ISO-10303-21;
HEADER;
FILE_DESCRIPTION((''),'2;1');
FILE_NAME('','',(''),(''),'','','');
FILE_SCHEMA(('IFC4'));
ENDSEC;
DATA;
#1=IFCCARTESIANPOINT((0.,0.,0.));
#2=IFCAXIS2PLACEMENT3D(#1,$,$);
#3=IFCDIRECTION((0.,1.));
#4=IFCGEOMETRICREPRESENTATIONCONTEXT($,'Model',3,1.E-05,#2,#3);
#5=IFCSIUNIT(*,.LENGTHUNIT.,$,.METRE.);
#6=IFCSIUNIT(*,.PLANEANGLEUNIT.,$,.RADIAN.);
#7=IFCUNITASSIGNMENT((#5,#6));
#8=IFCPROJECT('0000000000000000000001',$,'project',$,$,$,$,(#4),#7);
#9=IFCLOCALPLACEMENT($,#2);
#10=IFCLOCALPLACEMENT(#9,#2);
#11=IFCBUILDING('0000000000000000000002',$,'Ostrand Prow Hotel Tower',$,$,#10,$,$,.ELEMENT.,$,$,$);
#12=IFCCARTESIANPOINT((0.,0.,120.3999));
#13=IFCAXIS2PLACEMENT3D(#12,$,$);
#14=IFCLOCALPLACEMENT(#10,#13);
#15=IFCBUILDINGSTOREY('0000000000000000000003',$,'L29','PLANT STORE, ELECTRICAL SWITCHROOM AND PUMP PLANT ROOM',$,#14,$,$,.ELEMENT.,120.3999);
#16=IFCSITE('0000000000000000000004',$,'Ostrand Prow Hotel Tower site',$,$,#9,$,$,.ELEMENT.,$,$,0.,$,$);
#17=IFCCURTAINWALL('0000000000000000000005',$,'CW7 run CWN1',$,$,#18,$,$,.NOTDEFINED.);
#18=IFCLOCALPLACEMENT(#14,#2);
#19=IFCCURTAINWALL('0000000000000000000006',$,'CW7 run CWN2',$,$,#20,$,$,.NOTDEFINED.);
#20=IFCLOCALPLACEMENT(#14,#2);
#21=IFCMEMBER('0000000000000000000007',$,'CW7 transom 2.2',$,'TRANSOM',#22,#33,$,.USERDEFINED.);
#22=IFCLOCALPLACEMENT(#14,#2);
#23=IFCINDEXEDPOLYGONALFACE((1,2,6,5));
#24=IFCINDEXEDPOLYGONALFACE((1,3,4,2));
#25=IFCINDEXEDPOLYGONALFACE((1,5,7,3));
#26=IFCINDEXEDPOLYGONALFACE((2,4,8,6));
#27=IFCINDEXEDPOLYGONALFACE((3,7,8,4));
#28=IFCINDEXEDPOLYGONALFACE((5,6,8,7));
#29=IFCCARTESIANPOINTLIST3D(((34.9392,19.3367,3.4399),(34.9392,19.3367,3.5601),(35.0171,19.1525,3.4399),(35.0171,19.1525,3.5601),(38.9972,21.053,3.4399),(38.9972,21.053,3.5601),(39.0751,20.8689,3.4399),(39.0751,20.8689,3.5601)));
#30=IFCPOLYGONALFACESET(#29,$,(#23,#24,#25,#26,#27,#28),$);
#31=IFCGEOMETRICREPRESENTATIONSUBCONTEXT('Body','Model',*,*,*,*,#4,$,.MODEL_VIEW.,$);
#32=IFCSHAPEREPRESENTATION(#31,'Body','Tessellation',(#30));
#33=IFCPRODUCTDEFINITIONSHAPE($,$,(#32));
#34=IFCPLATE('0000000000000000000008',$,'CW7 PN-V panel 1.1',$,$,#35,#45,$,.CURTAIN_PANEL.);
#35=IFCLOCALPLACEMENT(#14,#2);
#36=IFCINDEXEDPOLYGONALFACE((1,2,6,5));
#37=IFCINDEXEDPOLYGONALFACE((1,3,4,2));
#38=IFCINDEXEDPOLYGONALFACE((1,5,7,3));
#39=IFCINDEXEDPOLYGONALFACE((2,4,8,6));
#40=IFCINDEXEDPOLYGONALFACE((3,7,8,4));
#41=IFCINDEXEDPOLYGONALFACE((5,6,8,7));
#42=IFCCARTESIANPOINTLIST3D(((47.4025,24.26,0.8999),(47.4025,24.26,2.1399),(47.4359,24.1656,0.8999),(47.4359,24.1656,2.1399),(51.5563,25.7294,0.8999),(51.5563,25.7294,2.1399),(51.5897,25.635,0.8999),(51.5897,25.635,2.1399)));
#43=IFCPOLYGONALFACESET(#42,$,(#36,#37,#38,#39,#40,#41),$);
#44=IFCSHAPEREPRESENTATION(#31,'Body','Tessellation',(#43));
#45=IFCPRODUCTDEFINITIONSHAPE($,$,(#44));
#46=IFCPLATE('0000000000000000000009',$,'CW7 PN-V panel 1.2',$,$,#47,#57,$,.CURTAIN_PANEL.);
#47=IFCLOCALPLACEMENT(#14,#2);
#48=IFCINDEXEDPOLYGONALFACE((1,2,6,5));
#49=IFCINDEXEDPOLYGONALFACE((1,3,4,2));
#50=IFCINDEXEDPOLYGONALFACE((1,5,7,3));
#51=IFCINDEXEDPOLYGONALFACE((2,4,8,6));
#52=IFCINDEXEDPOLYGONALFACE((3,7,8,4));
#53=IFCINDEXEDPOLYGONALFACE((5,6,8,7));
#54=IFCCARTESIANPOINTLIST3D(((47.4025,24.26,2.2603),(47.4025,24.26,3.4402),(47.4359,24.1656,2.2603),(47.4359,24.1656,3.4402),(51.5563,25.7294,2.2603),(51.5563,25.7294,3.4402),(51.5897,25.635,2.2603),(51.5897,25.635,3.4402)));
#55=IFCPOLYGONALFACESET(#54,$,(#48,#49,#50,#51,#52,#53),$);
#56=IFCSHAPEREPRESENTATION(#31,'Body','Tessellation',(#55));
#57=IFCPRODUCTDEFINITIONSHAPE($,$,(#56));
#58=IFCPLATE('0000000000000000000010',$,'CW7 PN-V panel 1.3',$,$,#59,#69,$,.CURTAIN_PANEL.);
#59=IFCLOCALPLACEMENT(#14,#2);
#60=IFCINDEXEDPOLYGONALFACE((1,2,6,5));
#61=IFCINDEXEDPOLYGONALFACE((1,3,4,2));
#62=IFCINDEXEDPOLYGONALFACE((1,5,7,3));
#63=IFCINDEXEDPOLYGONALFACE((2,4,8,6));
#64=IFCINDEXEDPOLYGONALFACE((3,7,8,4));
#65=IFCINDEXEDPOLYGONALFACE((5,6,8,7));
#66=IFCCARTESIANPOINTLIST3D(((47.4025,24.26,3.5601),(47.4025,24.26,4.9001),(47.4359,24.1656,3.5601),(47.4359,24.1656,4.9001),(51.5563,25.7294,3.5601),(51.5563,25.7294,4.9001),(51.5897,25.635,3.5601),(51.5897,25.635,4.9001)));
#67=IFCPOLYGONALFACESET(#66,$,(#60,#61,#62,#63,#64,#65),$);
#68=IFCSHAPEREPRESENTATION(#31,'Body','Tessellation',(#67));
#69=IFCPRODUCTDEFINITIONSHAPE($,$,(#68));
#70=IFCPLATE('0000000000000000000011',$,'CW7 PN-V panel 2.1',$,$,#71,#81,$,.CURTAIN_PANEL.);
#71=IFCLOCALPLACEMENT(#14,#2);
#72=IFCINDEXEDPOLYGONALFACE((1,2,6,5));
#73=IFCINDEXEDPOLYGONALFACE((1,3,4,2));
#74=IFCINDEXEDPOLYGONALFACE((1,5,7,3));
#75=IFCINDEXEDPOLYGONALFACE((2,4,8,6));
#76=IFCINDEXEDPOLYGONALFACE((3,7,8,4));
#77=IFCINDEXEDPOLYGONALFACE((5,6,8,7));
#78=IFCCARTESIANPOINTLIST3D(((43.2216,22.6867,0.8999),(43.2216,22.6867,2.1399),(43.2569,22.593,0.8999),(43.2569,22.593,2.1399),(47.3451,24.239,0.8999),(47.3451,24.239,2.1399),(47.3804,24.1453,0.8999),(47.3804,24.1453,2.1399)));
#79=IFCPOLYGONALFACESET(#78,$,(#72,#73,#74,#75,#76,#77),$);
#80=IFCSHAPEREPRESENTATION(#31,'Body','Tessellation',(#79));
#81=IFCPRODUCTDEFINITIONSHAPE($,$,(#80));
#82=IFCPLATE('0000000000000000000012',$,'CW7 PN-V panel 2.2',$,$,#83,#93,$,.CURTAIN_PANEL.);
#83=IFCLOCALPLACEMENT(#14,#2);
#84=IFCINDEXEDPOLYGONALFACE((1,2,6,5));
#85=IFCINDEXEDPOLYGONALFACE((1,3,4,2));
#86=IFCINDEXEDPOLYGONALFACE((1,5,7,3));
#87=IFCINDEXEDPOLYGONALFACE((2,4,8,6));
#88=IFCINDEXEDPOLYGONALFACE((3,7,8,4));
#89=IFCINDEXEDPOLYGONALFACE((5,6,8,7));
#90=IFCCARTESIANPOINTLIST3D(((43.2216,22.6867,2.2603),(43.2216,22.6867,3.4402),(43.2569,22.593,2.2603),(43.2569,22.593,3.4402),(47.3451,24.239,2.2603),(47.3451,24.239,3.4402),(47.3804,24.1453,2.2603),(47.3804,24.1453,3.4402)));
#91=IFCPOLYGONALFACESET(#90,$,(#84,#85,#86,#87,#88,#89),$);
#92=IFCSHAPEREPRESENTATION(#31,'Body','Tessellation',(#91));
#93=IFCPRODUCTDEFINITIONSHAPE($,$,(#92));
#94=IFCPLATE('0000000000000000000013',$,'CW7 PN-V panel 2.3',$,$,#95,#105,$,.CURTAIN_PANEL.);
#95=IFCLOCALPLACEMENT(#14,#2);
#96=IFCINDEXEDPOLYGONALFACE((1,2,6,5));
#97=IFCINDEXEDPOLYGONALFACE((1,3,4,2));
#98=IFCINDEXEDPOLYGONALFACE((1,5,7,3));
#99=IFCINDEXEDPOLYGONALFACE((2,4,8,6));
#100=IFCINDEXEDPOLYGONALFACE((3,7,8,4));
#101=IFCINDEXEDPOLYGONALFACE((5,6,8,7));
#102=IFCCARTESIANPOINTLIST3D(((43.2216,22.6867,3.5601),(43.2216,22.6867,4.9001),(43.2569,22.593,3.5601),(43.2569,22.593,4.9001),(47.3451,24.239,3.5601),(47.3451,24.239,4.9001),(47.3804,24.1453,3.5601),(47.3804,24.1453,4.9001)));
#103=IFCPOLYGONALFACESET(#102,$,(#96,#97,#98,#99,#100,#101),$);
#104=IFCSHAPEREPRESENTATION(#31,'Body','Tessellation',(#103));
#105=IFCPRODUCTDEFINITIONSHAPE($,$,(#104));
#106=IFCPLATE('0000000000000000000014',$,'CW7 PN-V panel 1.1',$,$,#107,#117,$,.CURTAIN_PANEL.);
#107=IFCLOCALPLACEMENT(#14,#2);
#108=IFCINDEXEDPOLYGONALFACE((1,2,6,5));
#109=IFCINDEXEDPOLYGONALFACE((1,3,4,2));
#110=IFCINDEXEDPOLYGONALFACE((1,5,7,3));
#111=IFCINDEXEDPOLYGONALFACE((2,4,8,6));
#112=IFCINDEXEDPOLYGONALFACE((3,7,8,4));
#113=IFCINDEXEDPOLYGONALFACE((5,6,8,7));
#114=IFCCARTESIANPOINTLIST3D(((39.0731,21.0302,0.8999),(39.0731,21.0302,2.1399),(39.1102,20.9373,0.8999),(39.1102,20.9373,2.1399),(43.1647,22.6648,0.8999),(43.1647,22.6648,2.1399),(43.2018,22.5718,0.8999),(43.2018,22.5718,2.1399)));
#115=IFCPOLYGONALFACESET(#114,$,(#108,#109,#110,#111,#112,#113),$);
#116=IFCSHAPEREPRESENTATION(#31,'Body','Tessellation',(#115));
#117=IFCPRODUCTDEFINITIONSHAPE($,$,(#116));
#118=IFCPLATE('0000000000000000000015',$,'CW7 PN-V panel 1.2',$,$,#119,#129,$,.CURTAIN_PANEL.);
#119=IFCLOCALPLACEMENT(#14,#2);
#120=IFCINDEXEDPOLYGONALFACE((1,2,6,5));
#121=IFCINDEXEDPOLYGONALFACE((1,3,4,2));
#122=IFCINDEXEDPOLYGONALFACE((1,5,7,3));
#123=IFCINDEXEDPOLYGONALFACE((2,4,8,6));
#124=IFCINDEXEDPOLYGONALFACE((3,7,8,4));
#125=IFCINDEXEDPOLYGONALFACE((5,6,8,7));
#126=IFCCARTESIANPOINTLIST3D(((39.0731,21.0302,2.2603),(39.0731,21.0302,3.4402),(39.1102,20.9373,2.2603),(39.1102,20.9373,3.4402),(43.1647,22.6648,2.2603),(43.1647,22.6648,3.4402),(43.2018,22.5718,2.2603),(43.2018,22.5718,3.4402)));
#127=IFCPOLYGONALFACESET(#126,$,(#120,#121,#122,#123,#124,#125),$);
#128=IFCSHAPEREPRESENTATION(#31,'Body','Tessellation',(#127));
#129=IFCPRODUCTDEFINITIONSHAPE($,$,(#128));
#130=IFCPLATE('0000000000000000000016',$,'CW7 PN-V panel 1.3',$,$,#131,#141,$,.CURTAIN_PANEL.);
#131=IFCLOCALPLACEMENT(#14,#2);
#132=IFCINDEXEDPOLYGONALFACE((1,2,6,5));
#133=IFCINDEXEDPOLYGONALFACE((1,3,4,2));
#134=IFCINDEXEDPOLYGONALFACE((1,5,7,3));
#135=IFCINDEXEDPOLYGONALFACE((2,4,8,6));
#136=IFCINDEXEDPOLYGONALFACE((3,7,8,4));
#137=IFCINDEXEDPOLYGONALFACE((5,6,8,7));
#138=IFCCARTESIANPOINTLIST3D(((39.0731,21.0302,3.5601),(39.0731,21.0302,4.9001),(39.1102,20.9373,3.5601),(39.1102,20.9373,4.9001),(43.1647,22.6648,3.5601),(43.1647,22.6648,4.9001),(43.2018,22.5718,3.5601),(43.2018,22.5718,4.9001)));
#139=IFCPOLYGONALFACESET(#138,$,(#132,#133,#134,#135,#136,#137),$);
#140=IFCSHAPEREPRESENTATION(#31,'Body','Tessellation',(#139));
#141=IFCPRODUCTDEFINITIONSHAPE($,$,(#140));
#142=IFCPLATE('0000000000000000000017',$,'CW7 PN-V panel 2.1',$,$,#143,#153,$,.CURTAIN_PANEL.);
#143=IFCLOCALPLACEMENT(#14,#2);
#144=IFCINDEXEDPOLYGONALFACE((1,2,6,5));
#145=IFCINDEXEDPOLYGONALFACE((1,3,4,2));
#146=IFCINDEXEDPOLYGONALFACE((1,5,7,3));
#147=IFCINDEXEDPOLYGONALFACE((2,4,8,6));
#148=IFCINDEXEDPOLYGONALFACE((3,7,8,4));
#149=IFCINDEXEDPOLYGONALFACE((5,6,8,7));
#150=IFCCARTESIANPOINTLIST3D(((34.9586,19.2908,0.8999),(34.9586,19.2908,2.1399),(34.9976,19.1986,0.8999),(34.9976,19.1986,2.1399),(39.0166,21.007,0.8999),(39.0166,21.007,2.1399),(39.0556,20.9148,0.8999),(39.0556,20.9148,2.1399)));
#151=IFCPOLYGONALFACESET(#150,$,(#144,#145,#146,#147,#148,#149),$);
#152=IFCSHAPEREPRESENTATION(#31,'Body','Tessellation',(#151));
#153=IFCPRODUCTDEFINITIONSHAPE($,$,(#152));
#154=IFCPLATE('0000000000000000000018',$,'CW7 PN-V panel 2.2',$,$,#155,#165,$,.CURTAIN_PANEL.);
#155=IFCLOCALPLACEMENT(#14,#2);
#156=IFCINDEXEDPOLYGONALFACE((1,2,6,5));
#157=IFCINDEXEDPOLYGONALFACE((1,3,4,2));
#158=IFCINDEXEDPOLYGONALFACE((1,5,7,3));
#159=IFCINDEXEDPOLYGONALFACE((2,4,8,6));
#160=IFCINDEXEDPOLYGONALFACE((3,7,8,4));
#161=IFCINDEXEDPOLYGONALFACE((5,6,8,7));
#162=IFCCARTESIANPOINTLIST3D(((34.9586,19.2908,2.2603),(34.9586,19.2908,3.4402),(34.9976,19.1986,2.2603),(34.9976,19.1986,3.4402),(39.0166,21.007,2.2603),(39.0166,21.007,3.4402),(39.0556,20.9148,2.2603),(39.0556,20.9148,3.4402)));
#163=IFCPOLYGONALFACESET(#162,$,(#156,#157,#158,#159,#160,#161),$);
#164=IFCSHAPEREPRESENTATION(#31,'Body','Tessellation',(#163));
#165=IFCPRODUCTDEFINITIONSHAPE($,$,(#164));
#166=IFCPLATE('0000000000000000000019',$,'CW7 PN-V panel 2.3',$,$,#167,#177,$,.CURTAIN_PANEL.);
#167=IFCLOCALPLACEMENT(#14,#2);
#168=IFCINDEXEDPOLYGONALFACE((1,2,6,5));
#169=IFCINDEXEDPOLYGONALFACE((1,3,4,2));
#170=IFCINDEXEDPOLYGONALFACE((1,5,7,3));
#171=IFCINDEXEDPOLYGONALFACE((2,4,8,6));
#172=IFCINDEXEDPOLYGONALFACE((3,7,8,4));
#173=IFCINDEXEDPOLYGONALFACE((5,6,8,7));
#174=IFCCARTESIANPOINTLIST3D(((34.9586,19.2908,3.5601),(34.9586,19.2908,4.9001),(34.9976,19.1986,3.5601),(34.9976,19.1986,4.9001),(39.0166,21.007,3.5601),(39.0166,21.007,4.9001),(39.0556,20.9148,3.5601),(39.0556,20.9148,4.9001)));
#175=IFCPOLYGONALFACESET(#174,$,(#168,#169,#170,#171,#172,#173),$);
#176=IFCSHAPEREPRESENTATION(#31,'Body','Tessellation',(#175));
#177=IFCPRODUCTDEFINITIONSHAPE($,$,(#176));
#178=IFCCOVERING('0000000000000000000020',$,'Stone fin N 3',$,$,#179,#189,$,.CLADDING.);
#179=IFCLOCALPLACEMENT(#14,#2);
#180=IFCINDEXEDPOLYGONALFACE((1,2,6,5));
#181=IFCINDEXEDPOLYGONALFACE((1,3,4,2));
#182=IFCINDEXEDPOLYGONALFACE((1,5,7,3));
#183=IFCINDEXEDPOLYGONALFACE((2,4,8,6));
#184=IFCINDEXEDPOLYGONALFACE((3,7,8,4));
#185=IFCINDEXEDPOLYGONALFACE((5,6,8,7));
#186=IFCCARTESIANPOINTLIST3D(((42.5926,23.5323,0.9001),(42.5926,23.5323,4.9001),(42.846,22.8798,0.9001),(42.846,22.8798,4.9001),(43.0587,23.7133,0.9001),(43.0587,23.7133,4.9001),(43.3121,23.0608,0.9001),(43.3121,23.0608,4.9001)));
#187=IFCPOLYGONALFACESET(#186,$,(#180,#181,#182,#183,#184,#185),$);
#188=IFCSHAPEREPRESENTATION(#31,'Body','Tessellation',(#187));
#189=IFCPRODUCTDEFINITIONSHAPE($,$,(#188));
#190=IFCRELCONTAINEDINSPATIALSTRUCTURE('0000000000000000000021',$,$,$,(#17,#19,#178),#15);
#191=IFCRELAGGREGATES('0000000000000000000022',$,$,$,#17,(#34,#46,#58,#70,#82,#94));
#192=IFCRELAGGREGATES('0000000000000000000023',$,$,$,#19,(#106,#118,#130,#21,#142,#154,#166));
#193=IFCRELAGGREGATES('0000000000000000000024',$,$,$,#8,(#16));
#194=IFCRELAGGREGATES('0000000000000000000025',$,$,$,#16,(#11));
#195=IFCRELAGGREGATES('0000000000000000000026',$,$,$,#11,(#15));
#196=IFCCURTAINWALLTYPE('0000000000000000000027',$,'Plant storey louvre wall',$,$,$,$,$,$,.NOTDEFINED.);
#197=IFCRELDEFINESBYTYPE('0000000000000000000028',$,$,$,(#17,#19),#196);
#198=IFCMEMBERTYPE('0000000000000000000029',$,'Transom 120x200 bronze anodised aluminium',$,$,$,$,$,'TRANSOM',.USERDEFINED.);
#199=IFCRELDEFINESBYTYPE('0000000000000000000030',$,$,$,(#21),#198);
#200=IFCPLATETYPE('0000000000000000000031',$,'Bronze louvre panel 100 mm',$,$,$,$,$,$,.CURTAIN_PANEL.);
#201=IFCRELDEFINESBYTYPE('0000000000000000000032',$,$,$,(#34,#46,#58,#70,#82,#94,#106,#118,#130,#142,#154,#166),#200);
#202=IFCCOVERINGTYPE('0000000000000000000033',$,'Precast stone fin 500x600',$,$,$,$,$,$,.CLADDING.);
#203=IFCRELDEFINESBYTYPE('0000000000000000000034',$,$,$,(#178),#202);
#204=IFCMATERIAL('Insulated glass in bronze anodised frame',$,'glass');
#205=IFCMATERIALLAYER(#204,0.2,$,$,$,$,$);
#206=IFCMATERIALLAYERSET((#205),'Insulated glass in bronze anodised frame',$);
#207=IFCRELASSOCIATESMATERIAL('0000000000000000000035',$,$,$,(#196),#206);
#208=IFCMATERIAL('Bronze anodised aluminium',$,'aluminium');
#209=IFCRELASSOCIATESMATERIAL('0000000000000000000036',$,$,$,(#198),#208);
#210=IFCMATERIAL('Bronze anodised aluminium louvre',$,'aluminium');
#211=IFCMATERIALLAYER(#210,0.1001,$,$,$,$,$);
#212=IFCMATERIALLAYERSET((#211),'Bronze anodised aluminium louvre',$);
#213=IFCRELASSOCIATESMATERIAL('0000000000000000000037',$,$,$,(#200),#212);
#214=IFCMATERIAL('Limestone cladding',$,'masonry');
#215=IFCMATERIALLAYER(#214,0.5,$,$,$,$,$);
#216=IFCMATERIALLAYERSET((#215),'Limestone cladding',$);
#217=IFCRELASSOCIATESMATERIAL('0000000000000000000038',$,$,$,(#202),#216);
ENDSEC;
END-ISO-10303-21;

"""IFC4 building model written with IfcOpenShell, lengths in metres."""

from ifc_helpers import new_model, si_unit, direction, frame, frame_2d, origin, origin_2d, place, context, subcontext, project, spatial, rectangle, extrude, material, layer, layer_set, material_profile, profile_set, type_object, element, aggregate, save


model = new_model("IFC4")

# Units and contexts
model_context = context("Model", 3, precision=1e-05, world=origin(), true_north=direction((0.0, 1.0)))
body_context = subcontext(model_context, "Body", "Model", "MODEL_VIEW")
ifc_project = project(units=[si_unit("LENGTHUNIT", "METRE"), si_unit("PLANEANGLEUNIT", "RADIAN")], contexts=[model_context])

# Site, building, storey
site_placement = place(None, origin())
site = spatial("IfcSite", under=ifc_project, at=site_placement, Name="Ostrand Prow Hotel Tower site", CompositionType="ELEMENT", RefElevation=0.0)
building_placement = place(site_placement, origin())
building = spatial("IfcBuilding", under=site, at=building_placement, Name="Ostrand Prow Hotel Tower", CompositionType="ELEMENT")
storey_placement = place(building_placement, frame((0.0, 0.0, 120.3999)))
storey = spatial("IfcBuildingStorey", under=building, at=storey_placement, Name="L29", Description="PLANT STORE, ELECTRICAL SWITCHROOM AND PUMP PLANT ROOM", CompositionType="ELEMENT", Elevation=120.3999)

# Curtain walls
ifc_material_1 = material(Name="Insulated glass in bronze anodised frame", Category="glass")
ifc_layer_1 = layer(ifc_material_1, 0.2)
ifc_layer_set_1 = layer_set([ifc_layer_1], Name="Insulated glass in bronze anodised frame")
curtain_wall_type = type_object("IfcCurtainWallType", Name="Plant storey louvre wall", PredefinedType="NOTDEFINED", material=ifc_layer_set_1)
curtain_wall_1_placement = place(storey_placement, origin())
curtain_wall_1 = element("IfcCurtainWall", 1, at=curtain_wall_1_placement, inside=storey, type_object=curtain_wall_type, Name="CW7 run CWN1", PredefinedType="NOTDEFINED")
curtain_wall_2_placement = place(storey_placement, origin())
curtain_wall_2 = element("IfcCurtainWall", 2, at=curtain_wall_2_placement, inside=storey, type_object=curtain_wall_type, Name="CW7 run CWN2", PredefinedType="NOTDEFINED")

# Member
ifc_material_2 = material(Name="Bronze anodised aluminium", Category="aluminium")
ifc_material_profile_1 = material_profile(ifc_material_2, rectangle(XDim=0.2, YDim=0.1201, at=origin_2d()), Name="Transom 120x200 bronze anodised aluminium")
ifc_profile_set_1 = profile_set([ifc_material_profile_1], Name="Bronze anodised aluminium")
member_type_1 = type_object("IfcMemberType", Name="Transom 120x200 bronze anodised aluminium", ElementType="TRANSOM", PredefinedType="USERDEFINED", material=ifc_profile_set_1)
member_1_placement = place(storey_placement, frame((39.0361, 20.9609, 3.5), z_axis=(-0.921006, -0.389548, 0.0), x_axis=(0.389548, -0.921006, 0.0)))
member_1 = element("IfcMember", 3, at=member_1_placement, type_object=member_type_1, Name="CW7 transom 2.2", ObjectType="TRANSOM", PredefinedType="USERDEFINED", context=body_context, shape_type="SweptSolid", body=[
    extrude(rectangle(XDim=0.2, YDim=0.1201, at=origin_2d()), origin(), (0.0, 0.0, 1.0), 4.406),
])

# Plates
ifc_material_3 = material(Name="Bronze anodised aluminium louvre", Category="aluminium")
ifc_layer_2 = layer(ifc_material_3, 0.1001)
ifc_layer_set_2 = layer_set([ifc_layer_2], Name="Bronze anodised aluminium louvre")
plate_type = type_object("IfcPlateType", Name="Bronze louvre panel 100 mm", PredefinedType="CURTAIN_PANEL", material=ifc_layer_set_2)
plate_1_placement = place(storey_placement, frame((49.4961, 24.9475, 0.8999), z_axis=(0.0, 0.0, 1.0), x_axis=(-0.942752, -0.333496, 0.0)))
plate_1 = element("IfcPlate", 4, at=plate_1_placement, type_object=plate_type, Name="CW7 PN-V panel 1.1", PredefinedType="CURTAIN_PANEL", context=body_context, shape_type="SweptSolid", body=[
    extrude(rectangle(XDim=4.406, YDim=0.1001, at=origin_2d()), origin(), (0.0, 0.0, 1.0), 1.24),
])
plate_2_placement = place(storey_placement, frame((49.4961, 24.9475, 2.2603), z_axis=(0.0, 0.0, 1.0), x_axis=(-0.942752, -0.333496, 0.0)))
plate_2 = element("IfcPlate", 5, at=plate_2_placement, type_object=plate_type, Name="CW7 PN-V panel 1.2", PredefinedType="CURTAIN_PANEL", context=body_context, shape_type="SweptSolid", body=[
    extrude(rectangle(XDim=4.406, YDim=0.1001, at=origin_2d()), origin(), (0.0, 0.0, 1.0), 1.1799),
])
plate_3_placement = place(storey_placement, frame((49.4961, 24.9475, 3.5601), z_axis=(0.0, 0.0, 1.0), x_axis=(-0.942752, -0.333496, 0.0)))
plate_3 = element("IfcPlate", 6, at=plate_3_placement, type_object=plate_type, Name="CW7 PN-V panel 1.3", PredefinedType="CURTAIN_PANEL", context=body_context, shape_type="SweptSolid", body=[
    extrude(rectangle(XDim=4.406, YDim=0.1001, at=origin_2d()), origin(), (0.0, 0.0, 1.0), 1.3401),
])
plate_4_placement = place(storey_placement, frame((45.301, 23.416, 0.8999), z_axis=(0.0, 0.0, 1.0), x_axis=(-0.935884, -0.352309, 0.0)))
plate_4 = element("IfcPlate", 7, at=plate_4_placement, type_object=plate_type, Name="CW7 PN-V panel 2.1", PredefinedType="CURTAIN_PANEL", context=body_context, shape_type="SweptSolid", body=[
    extrude(rectangle(XDim=4.406, YDim=0.1001, at=origin_2d()), origin(), (0.0, 0.0, 1.0), 1.24),
])
plate_5_placement = place(storey_placement, frame((45.301, 23.416, 2.2603), z_axis=(0.0, 0.0, 1.0), x_axis=(-0.935884, -0.352309, 0.0)))
plate_5 = element("IfcPlate", 8, at=plate_5_placement, type_object=plate_type, Name="CW7 PN-V panel 2.2", PredefinedType="CURTAIN_PANEL", context=body_context, shape_type="SweptSolid", body=[
    extrude(rectangle(XDim=4.406, YDim=0.1001, at=origin_2d()), origin(), (0.0, 0.0, 1.0), 1.1799),
])
plate_6_placement = place(storey_placement, frame((45.301, 23.416, 3.5601), z_axis=(0.0, 0.0, 1.0), x_axis=(-0.935884, -0.352309, 0.0)))
plate_6 = element("IfcPlate", 9, at=plate_6_placement, type_object=plate_type, Name="CW7 PN-V panel 2.3", PredefinedType="CURTAIN_PANEL", context=body_context, shape_type="SweptSolid", body=[
    extrude(rectangle(XDim=4.406, YDim=0.1001, at=origin_2d()), origin(), (0.0, 0.0, 1.0), 1.3401),
])
aggregate(curtain_wall_1, [plate_1, plate_2, plate_3, plate_4, plate_5, plate_6])
plate_7_placement = place(storey_placement, frame((41.1375, 21.801, 0.8999), z_axis=(0.0, 0.0, 1.0), x_axis=(-0.92864, -0.370982, 0.0)))
plate_7 = element("IfcPlate", 10, at=plate_7_placement, type_object=plate_type, Name="CW7 PN-V panel 1.1", PredefinedType="CURTAIN_PANEL", context=body_context, shape_type="SweptSolid", body=[
    extrude(rectangle(XDim=4.406, YDim=0.1001, at=origin_2d()), origin(), (0.0, 0.0, 1.0), 1.24),
])
plate_8_placement = place(storey_placement, frame((41.1375, 21.801, 2.2603), z_axis=(0.0, 0.0, 1.0), x_axis=(-0.92864, -0.370982, 0.0)))
plate_8 = element("IfcPlate", 11, at=plate_8_placement, type_object=plate_type, Name="CW7 PN-V panel 1.2", PredefinedType="CURTAIN_PANEL", context=body_context, shape_type="SweptSolid", body=[
    extrude(rectangle(XDim=4.406, YDim=0.1001, at=origin_2d()), origin(), (0.0, 0.0, 1.0), 1.1799),
])
plate_9_placement = place(storey_placement, frame((41.1375, 21.801, 3.5601), z_axis=(0.0, 0.0, 1.0), x_axis=(-0.92864, -0.370982, 0.0)))
plate_9 = element("IfcPlate", 12, at=plate_9_placement, type_object=plate_type, Name="CW7 PN-V panel 1.3", PredefinedType="CURTAIN_PANEL", context=body_context, shape_type="SweptSolid", body=[
    extrude(rectangle(XDim=4.406, YDim=0.1001, at=origin_2d()), origin(), (0.0, 0.0, 1.0), 1.3401),
])
plate_10_placement = place(storey_placement, frame((37.0071, 20.1028, 0.8999), z_axis=(0.0, 0.0, 1.0), x_axis=(-0.921024, -0.389507, 0.0)))
plate_10 = element("IfcPlate", 13, at=plate_10_placement, type_object=plate_type, Name="CW7 PN-V panel 2.1", PredefinedType="CURTAIN_PANEL", context=body_context, shape_type="SweptSolid", body=[
    extrude(rectangle(XDim=4.406, YDim=0.1001, at=origin_2d()), origin(), (0.0, 0.0, 1.0), 1.24),
])
plate_11_placement = place(storey_placement, frame((37.0071, 20.1028, 2.2603), z_axis=(0.0, 0.0, 1.0), x_axis=(-0.921024, -0.389507, 0.0)))
plate_11 = element("IfcPlate", 14, at=plate_11_placement, type_object=plate_type, Name="CW7 PN-V panel 2.2", PredefinedType="CURTAIN_PANEL", context=body_context, shape_type="SweptSolid", body=[
    extrude(rectangle(XDim=4.406, YDim=0.1001, at=origin_2d()), origin(), (0.0, 0.0, 1.0), 1.1799),
])
plate_12_placement = place(storey_placement, frame((37.0071, 20.1028, 3.5601), z_axis=(0.0, 0.0, 1.0), x_axis=(-0.921024, -0.389507, 0.0)))
plate_12 = element("IfcPlate", 15, at=plate_12_placement, type_object=plate_type, Name="CW7 PN-V panel 2.3", PredefinedType="CURTAIN_PANEL", context=body_context, shape_type="SweptSolid", body=[
    extrude(rectangle(XDim=4.406, YDim=0.1001, at=origin_2d()), origin(), (0.0, 0.0, 1.0), 1.3401),
])
aggregate(curtain_wall_2, [plate_7, plate_8, plate_9, member_1, plate_10, plate_11, plate_12])

# Covering
ifc_material_4 = material(Name="Limestone cladding", Category="masonry")
ifc_layer_3 = layer(ifc_material_4, 0.5)
ifc_layer_set_3 = layer_set([ifc_layer_3], Name="Limestone cladding")
covering_type = type_object("IfcCoveringType", Name="Precast stone fin 500x600", PredefinedType="CLADDING", material=ifc_layer_set_3)
covering_placement = place(storey_placement, frame((43.0791, 22.9702, 0.9001), z_axis=(0.0, 0.0, 1.0), x_axis=(-0.361992, 0.932181, 0.0)))
element("IfcCovering", 16, at=covering_placement, inside=storey, type_object=covering_type, Name="Stone fin N 3", PredefinedType="CLADDING", context=body_context, shape_type="SweptSolid", body=[
    extrude(rectangle(XDim=0.7, YDim=0.5, at=frame_2d((0.3501, 0.0))), origin(), (0.0, 0.0, 1.0), 4.0),
])

save(model, "model.ifc")
